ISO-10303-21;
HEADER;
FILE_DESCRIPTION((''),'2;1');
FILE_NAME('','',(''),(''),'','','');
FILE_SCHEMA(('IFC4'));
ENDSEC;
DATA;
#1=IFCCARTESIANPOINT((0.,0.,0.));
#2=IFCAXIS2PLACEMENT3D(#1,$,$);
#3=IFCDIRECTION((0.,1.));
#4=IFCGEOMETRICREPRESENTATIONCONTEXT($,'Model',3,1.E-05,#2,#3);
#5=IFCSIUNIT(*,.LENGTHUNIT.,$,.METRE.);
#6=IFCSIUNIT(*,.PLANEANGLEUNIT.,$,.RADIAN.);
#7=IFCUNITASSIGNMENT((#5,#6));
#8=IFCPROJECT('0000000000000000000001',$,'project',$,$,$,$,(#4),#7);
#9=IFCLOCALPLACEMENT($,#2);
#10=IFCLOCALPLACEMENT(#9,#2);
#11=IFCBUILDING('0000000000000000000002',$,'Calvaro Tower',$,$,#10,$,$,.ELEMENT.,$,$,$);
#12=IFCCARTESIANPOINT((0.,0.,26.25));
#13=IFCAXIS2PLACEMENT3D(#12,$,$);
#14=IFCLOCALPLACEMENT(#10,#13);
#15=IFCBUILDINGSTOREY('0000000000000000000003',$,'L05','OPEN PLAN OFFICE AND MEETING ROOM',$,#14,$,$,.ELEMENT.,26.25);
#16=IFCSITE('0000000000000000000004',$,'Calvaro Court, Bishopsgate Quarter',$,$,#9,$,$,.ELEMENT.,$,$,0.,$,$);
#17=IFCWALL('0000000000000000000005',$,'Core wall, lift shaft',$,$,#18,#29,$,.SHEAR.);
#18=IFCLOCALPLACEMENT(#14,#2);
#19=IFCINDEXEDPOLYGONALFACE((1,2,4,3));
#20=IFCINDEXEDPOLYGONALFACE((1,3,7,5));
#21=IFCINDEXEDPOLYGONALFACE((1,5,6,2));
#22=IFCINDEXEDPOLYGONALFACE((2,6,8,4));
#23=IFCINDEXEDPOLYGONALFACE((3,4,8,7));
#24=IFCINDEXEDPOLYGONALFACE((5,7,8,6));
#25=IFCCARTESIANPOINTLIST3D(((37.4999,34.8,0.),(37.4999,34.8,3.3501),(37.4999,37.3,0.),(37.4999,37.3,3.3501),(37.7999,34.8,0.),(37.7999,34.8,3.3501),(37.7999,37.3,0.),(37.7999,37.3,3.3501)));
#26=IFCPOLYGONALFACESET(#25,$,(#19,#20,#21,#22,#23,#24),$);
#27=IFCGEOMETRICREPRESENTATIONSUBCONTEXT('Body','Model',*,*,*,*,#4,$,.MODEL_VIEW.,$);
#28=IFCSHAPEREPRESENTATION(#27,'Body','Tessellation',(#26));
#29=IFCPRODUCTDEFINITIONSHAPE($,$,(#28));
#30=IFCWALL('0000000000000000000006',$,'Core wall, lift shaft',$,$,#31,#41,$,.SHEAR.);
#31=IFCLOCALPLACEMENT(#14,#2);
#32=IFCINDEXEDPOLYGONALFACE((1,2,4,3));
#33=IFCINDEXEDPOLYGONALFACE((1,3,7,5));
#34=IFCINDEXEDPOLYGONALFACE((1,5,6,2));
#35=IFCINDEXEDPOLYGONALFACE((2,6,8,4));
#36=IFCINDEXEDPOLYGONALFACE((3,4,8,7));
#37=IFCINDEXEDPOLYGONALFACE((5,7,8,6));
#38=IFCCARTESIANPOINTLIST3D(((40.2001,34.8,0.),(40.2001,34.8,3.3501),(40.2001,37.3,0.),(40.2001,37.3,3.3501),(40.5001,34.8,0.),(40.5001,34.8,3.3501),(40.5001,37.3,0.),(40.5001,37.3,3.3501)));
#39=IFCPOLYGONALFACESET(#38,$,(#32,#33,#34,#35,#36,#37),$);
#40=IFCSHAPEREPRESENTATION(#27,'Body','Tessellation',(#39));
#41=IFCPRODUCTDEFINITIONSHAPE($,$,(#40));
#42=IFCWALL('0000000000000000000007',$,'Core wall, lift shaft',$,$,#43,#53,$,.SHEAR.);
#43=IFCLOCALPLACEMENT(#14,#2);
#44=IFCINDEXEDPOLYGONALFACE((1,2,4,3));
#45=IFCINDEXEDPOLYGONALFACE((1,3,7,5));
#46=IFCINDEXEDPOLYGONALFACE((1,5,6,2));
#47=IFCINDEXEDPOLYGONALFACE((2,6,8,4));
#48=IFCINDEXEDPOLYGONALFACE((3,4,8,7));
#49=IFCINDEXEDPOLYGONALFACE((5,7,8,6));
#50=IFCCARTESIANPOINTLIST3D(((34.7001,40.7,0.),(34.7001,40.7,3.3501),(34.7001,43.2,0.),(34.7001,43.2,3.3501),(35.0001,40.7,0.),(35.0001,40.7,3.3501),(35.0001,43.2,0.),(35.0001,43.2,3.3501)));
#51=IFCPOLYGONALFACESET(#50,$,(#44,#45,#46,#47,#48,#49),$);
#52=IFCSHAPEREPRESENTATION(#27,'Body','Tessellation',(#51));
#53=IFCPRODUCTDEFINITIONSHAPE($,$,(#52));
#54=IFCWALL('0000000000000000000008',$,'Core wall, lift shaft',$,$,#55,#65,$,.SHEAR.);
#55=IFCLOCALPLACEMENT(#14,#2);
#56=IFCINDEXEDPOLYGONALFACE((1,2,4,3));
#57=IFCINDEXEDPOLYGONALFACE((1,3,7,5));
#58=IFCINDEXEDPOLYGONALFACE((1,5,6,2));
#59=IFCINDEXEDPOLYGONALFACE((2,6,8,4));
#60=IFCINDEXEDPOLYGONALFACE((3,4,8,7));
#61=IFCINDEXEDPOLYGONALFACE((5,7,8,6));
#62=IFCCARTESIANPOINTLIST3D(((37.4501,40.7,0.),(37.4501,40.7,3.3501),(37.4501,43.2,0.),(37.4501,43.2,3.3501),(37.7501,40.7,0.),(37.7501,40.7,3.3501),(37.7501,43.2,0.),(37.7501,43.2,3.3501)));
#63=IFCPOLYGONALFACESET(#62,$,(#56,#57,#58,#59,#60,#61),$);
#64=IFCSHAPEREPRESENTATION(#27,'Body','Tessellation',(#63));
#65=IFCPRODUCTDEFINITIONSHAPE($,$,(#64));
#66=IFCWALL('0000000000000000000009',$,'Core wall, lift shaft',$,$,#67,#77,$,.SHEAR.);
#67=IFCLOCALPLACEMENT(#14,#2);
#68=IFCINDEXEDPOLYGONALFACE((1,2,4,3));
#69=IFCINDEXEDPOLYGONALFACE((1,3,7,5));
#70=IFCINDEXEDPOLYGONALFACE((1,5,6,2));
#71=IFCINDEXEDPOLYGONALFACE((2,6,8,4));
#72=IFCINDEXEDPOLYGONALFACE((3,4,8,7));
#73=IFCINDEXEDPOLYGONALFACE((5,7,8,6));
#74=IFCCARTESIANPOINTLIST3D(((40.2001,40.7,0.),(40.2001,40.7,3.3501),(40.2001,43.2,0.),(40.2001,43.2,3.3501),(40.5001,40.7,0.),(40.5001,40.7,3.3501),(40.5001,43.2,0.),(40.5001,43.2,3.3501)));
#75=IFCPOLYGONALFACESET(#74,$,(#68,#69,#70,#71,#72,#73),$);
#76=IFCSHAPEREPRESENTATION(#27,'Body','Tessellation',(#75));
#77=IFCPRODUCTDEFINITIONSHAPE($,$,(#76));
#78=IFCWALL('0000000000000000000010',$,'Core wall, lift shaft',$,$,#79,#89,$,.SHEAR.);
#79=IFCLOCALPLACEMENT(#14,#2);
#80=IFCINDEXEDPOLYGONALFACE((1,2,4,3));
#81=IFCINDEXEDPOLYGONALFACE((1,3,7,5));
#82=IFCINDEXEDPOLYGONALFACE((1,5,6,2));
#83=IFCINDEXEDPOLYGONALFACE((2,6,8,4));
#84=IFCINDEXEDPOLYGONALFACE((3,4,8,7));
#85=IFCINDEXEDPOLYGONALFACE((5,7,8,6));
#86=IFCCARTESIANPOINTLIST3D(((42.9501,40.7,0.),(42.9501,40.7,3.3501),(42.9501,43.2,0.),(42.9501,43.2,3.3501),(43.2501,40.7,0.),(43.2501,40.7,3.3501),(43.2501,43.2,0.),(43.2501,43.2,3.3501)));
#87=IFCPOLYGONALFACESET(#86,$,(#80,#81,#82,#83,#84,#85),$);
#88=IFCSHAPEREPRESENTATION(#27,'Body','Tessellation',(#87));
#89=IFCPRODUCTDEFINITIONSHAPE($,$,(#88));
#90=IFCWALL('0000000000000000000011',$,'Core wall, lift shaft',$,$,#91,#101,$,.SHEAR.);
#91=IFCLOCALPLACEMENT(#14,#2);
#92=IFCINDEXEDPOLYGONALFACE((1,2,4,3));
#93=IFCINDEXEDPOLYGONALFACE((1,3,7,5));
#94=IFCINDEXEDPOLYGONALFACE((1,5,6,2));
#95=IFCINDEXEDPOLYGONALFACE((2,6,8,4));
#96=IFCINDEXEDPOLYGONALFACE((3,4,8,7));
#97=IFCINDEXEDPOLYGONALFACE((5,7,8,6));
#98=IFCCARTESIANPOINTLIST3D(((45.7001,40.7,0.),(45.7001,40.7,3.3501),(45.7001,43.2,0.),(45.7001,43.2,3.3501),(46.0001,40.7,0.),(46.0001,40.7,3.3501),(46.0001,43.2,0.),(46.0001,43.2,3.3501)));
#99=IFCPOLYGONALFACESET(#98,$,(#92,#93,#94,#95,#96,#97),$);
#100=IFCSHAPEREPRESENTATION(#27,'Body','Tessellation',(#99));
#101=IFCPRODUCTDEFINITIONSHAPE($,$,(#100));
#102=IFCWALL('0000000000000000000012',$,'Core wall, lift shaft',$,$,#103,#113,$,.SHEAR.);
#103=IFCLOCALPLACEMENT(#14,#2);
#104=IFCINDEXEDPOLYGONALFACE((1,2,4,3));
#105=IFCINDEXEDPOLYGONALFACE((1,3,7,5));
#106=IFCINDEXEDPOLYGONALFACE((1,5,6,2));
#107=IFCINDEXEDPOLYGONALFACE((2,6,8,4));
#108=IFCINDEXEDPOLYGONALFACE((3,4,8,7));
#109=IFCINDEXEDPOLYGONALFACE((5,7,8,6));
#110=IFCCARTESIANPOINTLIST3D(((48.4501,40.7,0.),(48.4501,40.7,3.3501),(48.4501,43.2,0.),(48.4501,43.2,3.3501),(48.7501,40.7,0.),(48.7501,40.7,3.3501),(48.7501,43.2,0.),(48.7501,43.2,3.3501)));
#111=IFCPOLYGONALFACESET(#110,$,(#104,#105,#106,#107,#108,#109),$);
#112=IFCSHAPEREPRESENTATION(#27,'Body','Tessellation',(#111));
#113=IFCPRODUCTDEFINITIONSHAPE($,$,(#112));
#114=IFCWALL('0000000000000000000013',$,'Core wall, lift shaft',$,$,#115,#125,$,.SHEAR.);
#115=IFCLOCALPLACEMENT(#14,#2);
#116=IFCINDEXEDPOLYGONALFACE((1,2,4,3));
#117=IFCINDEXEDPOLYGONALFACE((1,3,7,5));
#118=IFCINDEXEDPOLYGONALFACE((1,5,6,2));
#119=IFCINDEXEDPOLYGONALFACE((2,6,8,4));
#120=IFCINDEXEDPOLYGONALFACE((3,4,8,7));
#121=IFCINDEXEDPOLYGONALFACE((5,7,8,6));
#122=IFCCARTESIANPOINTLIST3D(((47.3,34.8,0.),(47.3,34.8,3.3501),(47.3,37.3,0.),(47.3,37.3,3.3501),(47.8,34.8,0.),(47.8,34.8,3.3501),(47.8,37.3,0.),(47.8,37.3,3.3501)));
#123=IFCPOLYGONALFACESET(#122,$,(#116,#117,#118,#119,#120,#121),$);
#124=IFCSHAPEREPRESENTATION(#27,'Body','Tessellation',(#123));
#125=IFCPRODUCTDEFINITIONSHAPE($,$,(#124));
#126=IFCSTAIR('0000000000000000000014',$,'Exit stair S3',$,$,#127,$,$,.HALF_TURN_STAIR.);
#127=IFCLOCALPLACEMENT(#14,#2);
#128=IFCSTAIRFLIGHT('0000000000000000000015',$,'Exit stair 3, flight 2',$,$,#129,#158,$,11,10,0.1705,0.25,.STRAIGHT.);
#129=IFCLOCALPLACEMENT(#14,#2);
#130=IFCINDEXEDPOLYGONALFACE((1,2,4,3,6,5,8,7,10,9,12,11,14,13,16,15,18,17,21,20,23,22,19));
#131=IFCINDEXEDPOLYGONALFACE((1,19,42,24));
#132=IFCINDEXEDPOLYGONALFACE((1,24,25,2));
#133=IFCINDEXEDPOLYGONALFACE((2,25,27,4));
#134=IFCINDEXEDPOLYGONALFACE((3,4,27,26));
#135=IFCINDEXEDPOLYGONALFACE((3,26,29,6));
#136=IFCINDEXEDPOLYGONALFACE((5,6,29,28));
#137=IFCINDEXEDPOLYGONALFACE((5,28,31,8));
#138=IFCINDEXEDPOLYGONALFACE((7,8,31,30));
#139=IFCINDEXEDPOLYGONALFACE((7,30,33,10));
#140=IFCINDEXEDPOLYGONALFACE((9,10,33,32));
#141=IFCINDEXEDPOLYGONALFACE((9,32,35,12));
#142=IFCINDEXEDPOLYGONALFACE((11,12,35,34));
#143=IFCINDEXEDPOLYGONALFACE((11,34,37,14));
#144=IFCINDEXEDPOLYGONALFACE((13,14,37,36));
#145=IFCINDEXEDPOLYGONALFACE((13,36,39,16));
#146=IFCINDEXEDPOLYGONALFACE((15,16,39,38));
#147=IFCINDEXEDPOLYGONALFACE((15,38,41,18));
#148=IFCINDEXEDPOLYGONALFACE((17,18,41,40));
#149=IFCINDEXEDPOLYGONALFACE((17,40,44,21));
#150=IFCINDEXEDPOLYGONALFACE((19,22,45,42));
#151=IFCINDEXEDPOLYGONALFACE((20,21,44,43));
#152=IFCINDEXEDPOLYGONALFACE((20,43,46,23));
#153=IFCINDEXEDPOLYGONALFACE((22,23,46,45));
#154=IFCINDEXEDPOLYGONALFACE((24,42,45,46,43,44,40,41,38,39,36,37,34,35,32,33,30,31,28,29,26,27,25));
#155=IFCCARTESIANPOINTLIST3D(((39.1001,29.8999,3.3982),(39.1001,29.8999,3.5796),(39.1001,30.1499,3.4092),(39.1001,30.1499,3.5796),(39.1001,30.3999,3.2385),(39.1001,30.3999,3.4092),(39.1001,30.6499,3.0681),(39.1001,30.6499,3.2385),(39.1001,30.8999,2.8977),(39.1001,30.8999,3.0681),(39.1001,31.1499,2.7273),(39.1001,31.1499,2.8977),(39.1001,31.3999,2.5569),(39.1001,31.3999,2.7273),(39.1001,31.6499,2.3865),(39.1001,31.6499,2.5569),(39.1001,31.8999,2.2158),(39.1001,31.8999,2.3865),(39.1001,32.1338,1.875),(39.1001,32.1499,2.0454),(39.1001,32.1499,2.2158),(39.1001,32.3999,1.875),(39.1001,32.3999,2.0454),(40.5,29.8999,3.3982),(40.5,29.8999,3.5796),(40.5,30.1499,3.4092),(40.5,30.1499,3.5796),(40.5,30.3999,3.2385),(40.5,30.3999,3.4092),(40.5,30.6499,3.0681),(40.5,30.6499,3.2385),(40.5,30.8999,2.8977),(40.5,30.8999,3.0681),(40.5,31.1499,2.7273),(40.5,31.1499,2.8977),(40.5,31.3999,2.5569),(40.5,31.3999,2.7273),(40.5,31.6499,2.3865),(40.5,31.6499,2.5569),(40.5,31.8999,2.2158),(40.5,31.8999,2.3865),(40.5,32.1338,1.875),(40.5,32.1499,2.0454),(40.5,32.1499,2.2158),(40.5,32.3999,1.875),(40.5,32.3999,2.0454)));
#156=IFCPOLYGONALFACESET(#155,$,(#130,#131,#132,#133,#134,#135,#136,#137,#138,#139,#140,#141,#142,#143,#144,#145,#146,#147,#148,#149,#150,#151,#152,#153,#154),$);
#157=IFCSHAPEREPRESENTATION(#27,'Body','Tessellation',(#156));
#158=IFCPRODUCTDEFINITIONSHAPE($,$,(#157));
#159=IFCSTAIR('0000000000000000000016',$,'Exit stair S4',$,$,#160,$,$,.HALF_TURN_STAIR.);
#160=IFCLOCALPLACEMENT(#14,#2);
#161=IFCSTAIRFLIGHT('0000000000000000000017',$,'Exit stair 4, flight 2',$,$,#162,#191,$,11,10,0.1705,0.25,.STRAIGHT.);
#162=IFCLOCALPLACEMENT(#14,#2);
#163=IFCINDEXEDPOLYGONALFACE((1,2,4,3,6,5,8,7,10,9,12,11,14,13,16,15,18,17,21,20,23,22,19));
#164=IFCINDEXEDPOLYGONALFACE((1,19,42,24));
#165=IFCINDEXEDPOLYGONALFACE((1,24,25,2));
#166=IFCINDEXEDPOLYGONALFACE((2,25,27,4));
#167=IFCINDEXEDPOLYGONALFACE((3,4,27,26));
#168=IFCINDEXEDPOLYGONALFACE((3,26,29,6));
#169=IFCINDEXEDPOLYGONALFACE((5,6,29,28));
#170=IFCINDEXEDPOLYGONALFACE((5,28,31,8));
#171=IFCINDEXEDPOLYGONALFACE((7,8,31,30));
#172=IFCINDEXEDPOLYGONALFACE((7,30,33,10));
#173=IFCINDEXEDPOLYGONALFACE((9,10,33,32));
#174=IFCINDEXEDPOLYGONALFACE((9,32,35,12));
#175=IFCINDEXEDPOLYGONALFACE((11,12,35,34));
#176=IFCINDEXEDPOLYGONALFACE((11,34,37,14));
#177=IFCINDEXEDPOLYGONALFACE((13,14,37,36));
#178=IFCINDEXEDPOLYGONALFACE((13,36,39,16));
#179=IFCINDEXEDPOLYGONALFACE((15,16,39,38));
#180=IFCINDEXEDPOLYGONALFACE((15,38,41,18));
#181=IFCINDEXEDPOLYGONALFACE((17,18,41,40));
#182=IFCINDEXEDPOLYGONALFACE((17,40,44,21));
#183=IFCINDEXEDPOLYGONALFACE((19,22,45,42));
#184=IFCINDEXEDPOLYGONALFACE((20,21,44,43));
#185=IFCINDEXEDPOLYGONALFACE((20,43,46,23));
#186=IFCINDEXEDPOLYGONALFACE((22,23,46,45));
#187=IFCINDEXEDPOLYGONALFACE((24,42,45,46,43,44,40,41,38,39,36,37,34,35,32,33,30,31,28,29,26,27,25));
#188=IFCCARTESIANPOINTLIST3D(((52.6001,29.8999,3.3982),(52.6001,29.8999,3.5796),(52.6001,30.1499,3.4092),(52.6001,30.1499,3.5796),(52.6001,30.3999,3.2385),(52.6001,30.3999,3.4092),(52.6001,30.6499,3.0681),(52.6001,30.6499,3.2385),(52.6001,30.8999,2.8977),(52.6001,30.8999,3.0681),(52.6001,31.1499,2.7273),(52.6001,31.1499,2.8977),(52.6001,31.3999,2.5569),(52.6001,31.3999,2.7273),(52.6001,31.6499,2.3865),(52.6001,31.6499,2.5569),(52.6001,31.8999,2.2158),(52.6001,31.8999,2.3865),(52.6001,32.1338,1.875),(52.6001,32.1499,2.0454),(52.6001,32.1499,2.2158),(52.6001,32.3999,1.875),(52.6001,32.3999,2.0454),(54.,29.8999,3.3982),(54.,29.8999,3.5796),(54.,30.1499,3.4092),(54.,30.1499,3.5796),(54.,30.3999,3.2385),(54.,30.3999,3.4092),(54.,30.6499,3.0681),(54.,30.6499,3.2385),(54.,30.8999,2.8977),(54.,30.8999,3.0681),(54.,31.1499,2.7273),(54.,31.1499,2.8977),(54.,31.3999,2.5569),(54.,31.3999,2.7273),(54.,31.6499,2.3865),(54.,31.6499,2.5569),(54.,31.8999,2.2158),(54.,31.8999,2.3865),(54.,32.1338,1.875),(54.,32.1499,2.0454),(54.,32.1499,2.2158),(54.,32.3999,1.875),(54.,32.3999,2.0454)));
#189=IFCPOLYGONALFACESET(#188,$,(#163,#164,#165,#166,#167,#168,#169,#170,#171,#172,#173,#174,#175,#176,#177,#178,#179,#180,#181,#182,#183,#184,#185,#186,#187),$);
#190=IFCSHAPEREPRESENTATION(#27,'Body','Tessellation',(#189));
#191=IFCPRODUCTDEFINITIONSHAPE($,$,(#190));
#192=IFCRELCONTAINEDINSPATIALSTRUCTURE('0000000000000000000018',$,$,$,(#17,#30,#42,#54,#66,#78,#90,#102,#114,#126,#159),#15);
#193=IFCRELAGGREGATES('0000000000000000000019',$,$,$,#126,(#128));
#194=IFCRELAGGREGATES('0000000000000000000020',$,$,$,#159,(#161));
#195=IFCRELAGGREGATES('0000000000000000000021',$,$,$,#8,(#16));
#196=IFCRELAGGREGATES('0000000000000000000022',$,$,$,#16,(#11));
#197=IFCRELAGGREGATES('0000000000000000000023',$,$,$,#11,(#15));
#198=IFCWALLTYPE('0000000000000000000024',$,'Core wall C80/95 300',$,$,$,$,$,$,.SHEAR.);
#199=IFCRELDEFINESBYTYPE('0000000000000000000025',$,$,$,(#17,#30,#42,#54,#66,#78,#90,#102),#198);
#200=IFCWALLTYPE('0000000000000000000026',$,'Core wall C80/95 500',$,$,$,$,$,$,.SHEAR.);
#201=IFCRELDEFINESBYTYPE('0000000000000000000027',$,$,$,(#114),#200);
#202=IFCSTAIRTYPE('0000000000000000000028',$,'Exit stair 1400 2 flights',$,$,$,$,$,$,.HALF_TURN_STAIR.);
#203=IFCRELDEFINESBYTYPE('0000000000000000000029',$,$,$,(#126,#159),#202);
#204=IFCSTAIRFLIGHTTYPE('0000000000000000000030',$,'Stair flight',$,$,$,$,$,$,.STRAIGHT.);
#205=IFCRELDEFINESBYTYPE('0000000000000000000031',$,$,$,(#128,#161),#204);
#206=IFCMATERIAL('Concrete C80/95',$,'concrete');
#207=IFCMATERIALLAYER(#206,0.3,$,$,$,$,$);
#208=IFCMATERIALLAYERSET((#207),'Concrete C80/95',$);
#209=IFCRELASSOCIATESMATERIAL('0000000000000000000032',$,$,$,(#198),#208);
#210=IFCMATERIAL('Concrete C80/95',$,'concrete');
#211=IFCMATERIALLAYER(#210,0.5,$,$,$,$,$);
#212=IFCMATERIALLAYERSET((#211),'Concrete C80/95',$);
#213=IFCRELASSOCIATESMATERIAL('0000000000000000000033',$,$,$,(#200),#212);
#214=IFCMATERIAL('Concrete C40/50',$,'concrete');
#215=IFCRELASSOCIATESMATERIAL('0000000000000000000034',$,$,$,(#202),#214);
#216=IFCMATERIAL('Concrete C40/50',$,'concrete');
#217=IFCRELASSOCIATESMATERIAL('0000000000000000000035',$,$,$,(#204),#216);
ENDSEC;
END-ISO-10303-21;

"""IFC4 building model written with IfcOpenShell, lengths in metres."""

from ifc_helpers import new_model, si_unit, direction, frame, frame_2d, origin, place, context, subcontext, project, spatial, polyline, rectangle, outline, extrude, material, layer, layer_set, type_object, element, aggregate, save


model = new_model("IFC4")

# Units and contexts
model_context = context("Model", 3, precision=1e-05, world=origin(), true_north=direction((0.0, 1.0)))
body_context = subcontext(model_context, "Body", "Model", "MODEL_VIEW")
ifc_project = project(units=[si_unit("LENGTHUNIT", "METRE"), si_unit("PLANEANGLEUNIT", "RADIAN")], contexts=[model_context])

# Site, building, storey
site_placement = place(None, origin())
site = spatial("IfcSite", under=ifc_project, at=site_placement, Name="Calvaro Court, Bishopsgate Quarter", CompositionType="ELEMENT", RefElevation=0.0)
building_placement = place(site_placement, origin())
building = spatial("IfcBuilding", under=site, at=building_placement, Name="Calvaro Tower", CompositionType="ELEMENT")
storey_placement = place(building_placement, frame((0.0, 0.0, 26.25)))
storey = spatial("IfcBuildingStorey", under=building, at=storey_placement, Name="L05", Description="OPEN PLAN OFFICE AND MEETING ROOM", CompositionType="ELEMENT", Elevation=26.25)

# Shared definitions
ifc_material_1 = material(Name="Concrete C80/95", Category="concrete")
ifc_layer_1 = layer(ifc_material_1, 0.3)
ifc_layer_set_1 = layer_set([ifc_layer_1], Name="Concrete C80/95")
wall_type_1 = type_object("IfcWallType", Name="Core wall C80/95 300", PredefinedType="SHEAR", material=ifc_layer_set_1)

# Walls
for number, where, z_axis, x_axis, name in (
    (1, (37.6499, 34.8, 0.0), (0.0, 0.0, 1.0), (0.0, 1.0, 0.0), "Core wall, lift shaft"),
    (2, (40.3501, 34.8, 0.0), (0.0, 0.0, 1.0), (0.0, 1.0, 0.0), "Core wall, lift shaft"),
    (3, (34.8501, 40.7, 0.0), (0.0, 0.0, 1.0), (0.0, 1.0, 0.0), "Core wall, lift shaft"),
    (4, (37.6001, 40.7, 0.0), (0.0, 0.0, 1.0), (0.0, 1.0, 0.0), "Core wall, lift shaft"),
    (5, (40.3501, 40.7, 0.0), (0.0, 0.0, 1.0), (0.0, 1.0, 0.0), "Core wall, lift shaft"),
    (6, (43.1001, 40.7, 0.0), (0.0, 0.0, 1.0), (0.0, 1.0, 0.0), "Core wall, lift shaft"),
    (7, (45.8501, 40.7, 0.0), (0.0, 0.0, 1.0), (0.0, 1.0, 0.0), "Core wall, lift shaft"),
    (8, (48.6001, 40.7, 0.0), (0.0, 0.0, 1.0), (0.0, 1.0, 0.0), "Core wall, lift shaft"),
):
    element("IfcWall", number, at=place(storey_placement, frame(where, z_axis=z_axis, x_axis=x_axis)), inside=storey, type_object=wall_type_1, Name=name, PredefinedType="SHEAR", context=body_context, shape_type="SweptSolid", body=[
        extrude(rectangle(XDim=2.5, YDim=0.3, at=frame_2d((1.25, 0.0))), origin(), (0.0, 0.0, 1.0), 3.3501),
    ])
ifc_material_2 = material(Name="Concrete C80/95", Category="concrete")
ifc_layer_2 = layer(ifc_material_2, 0.5)
ifc_layer_set_2 = layer_set([ifc_layer_2], Name="Concrete C80/95")
wall_type_2 = type_object("IfcWallType", Name="Core wall C80/95 500", PredefinedType="SHEAR", material=ifc_layer_set_2)
wall_1_placement = place(storey_placement, frame((47.55, 34.8, 0.0), z_axis=(0.0, 0.0, 1.0), x_axis=(0.0, 1.0, 0.0)))
element("IfcWall", 9, at=wall_1_placement, inside=storey, type_object=wall_type_2, Name="Core wall, lift shaft", PredefinedType="SHEAR", context=body_context, shape_type="SweptSolid", body=[
    extrude(rectangle(XDim=2.5, YDim=0.5, at=frame_2d((1.25, 0.0))), origin(), (0.0, 0.0, 1.0), 3.3501),
])

# Stairs, stair flights
ifc_material_3 = material(Name="Concrete C40/50", Category="concrete")
stair_type = type_object("IfcStairType", Name="Exit stair 1400 2 flights", PredefinedType="HALF_TURN_STAIR", material=ifc_material_3)
stair_1_placement = place(storey_placement, origin())
stair_1 = element("IfcStair", 10, at=stair_1_placement, inside=storey, type_object=stair_type, Name="Exit stair S3", PredefinedType="HALF_TURN_STAIR")
ifc_material_4 = material(Name="Concrete C40/50", Category="concrete")
stair_flight_type = type_object("IfcStairFlightType", Name="Stair flight", PredefinedType="STRAIGHT", material=ifc_material_4)
stair_flight_1_placement = place(storey_placement, frame((39.8, 32.3999, 1.875), z_axis=(0.0, 0.0, 1.0), x_axis=(0.0, -1.0, 0.0)))
stair_flight_1 = element("IfcStairFlight", 11, at=stair_flight_1_placement, type_object=stair_flight_type, Name="Exit stair 3, flight 2", NumberOfRisers=11, NumberOfTreads=10, PredefinedType="STRAIGHT", RiserHeight=0.1705, TreadLength=0.25, context=body_context, shape_type="SweptSolid", body=[
    extrude(outline(polyline([(0.0, 0.0), (0.0, 0.1704), (0.25, 0.1704), (0.25, 0.3408), (0.5, 0.3408), (0.5, 0.5115), (0.75, 0.5115), (0.75, 0.6819), (1.0, 0.6819), (1.0, 0.8523), (1.25, 0.8523), (1.25, 1.0227), (1.5, 1.0227), (1.5, 1.1931), (1.75, 1.1931), (1.75, 1.3635), (2.0, 1.3635), (2.0, 1.5342), (2.25, 1.5342), (2.25, 1.7046), (2.5, 1.7046), (2.5, 1.875), (2.5, 1.5232), (0.2661, 0.0), (0.0, 0.0)])), frame((0.0, 0.7, 0.0), z_axis=(0.0, -1.0, 0.0), x_axis=(1.0, 0.0, 0.0)), (0.0, 0.0, 1.0), 1.3999),
])
stair_2_placement = place(storey_placement, origin())
stair_2 = element("IfcStair", 12, at=stair_2_placement, inside=storey, type_object=stair_type, Name="Exit stair S4", PredefinedType="HALF_TURN_STAIR")
stair_flight_2_placement = place(storey_placement, frame((53.3, 32.3999, 1.875), z_axis=(0.0, 0.0, 1.0), x_axis=(0.0, -1.0, 0.0)))
stair_flight_2 = element("IfcStairFlight", 13, at=stair_flight_2_placement, type_object=stair_flight_type, Name="Exit stair 4, flight 2", NumberOfRisers=11, NumberOfTreads=10, PredefinedType="STRAIGHT", RiserHeight=0.1705, TreadLength=0.25, context=body_context, shape_type="SweptSolid", body=[
    extrude(outline(polyline([(0.0, 0.0), (0.0, 0.1704), (0.25, 0.1704), (0.25, 0.3408), (0.5, 0.3408), (0.5, 0.5115), (0.75, 0.5115), (0.75, 0.6819), (1.0, 0.6819), (1.0, 0.8523), (1.25, 0.8523), (1.25, 1.0227), (1.5, 1.0227), (1.5, 1.1931), (1.75, 1.1931), (1.75, 1.3635), (2.0, 1.3635), (2.0, 1.5342), (2.25, 1.5342), (2.25, 1.7046), (2.5, 1.7046), (2.5, 1.875), (2.5, 1.5232), (0.2661, 0.0), (0.0, 0.0)])), frame((0.0, 0.7, 0.0), z_axis=(0.0, -1.0, 0.0), x_axis=(1.0, 0.0, 0.0)), (0.0, 0.0, 1.0), 1.3999),
])

aggregate(stair_1, [stair_flight_1])
aggregate(stair_2, [stair_flight_2])

save(model, "model.ifc")
